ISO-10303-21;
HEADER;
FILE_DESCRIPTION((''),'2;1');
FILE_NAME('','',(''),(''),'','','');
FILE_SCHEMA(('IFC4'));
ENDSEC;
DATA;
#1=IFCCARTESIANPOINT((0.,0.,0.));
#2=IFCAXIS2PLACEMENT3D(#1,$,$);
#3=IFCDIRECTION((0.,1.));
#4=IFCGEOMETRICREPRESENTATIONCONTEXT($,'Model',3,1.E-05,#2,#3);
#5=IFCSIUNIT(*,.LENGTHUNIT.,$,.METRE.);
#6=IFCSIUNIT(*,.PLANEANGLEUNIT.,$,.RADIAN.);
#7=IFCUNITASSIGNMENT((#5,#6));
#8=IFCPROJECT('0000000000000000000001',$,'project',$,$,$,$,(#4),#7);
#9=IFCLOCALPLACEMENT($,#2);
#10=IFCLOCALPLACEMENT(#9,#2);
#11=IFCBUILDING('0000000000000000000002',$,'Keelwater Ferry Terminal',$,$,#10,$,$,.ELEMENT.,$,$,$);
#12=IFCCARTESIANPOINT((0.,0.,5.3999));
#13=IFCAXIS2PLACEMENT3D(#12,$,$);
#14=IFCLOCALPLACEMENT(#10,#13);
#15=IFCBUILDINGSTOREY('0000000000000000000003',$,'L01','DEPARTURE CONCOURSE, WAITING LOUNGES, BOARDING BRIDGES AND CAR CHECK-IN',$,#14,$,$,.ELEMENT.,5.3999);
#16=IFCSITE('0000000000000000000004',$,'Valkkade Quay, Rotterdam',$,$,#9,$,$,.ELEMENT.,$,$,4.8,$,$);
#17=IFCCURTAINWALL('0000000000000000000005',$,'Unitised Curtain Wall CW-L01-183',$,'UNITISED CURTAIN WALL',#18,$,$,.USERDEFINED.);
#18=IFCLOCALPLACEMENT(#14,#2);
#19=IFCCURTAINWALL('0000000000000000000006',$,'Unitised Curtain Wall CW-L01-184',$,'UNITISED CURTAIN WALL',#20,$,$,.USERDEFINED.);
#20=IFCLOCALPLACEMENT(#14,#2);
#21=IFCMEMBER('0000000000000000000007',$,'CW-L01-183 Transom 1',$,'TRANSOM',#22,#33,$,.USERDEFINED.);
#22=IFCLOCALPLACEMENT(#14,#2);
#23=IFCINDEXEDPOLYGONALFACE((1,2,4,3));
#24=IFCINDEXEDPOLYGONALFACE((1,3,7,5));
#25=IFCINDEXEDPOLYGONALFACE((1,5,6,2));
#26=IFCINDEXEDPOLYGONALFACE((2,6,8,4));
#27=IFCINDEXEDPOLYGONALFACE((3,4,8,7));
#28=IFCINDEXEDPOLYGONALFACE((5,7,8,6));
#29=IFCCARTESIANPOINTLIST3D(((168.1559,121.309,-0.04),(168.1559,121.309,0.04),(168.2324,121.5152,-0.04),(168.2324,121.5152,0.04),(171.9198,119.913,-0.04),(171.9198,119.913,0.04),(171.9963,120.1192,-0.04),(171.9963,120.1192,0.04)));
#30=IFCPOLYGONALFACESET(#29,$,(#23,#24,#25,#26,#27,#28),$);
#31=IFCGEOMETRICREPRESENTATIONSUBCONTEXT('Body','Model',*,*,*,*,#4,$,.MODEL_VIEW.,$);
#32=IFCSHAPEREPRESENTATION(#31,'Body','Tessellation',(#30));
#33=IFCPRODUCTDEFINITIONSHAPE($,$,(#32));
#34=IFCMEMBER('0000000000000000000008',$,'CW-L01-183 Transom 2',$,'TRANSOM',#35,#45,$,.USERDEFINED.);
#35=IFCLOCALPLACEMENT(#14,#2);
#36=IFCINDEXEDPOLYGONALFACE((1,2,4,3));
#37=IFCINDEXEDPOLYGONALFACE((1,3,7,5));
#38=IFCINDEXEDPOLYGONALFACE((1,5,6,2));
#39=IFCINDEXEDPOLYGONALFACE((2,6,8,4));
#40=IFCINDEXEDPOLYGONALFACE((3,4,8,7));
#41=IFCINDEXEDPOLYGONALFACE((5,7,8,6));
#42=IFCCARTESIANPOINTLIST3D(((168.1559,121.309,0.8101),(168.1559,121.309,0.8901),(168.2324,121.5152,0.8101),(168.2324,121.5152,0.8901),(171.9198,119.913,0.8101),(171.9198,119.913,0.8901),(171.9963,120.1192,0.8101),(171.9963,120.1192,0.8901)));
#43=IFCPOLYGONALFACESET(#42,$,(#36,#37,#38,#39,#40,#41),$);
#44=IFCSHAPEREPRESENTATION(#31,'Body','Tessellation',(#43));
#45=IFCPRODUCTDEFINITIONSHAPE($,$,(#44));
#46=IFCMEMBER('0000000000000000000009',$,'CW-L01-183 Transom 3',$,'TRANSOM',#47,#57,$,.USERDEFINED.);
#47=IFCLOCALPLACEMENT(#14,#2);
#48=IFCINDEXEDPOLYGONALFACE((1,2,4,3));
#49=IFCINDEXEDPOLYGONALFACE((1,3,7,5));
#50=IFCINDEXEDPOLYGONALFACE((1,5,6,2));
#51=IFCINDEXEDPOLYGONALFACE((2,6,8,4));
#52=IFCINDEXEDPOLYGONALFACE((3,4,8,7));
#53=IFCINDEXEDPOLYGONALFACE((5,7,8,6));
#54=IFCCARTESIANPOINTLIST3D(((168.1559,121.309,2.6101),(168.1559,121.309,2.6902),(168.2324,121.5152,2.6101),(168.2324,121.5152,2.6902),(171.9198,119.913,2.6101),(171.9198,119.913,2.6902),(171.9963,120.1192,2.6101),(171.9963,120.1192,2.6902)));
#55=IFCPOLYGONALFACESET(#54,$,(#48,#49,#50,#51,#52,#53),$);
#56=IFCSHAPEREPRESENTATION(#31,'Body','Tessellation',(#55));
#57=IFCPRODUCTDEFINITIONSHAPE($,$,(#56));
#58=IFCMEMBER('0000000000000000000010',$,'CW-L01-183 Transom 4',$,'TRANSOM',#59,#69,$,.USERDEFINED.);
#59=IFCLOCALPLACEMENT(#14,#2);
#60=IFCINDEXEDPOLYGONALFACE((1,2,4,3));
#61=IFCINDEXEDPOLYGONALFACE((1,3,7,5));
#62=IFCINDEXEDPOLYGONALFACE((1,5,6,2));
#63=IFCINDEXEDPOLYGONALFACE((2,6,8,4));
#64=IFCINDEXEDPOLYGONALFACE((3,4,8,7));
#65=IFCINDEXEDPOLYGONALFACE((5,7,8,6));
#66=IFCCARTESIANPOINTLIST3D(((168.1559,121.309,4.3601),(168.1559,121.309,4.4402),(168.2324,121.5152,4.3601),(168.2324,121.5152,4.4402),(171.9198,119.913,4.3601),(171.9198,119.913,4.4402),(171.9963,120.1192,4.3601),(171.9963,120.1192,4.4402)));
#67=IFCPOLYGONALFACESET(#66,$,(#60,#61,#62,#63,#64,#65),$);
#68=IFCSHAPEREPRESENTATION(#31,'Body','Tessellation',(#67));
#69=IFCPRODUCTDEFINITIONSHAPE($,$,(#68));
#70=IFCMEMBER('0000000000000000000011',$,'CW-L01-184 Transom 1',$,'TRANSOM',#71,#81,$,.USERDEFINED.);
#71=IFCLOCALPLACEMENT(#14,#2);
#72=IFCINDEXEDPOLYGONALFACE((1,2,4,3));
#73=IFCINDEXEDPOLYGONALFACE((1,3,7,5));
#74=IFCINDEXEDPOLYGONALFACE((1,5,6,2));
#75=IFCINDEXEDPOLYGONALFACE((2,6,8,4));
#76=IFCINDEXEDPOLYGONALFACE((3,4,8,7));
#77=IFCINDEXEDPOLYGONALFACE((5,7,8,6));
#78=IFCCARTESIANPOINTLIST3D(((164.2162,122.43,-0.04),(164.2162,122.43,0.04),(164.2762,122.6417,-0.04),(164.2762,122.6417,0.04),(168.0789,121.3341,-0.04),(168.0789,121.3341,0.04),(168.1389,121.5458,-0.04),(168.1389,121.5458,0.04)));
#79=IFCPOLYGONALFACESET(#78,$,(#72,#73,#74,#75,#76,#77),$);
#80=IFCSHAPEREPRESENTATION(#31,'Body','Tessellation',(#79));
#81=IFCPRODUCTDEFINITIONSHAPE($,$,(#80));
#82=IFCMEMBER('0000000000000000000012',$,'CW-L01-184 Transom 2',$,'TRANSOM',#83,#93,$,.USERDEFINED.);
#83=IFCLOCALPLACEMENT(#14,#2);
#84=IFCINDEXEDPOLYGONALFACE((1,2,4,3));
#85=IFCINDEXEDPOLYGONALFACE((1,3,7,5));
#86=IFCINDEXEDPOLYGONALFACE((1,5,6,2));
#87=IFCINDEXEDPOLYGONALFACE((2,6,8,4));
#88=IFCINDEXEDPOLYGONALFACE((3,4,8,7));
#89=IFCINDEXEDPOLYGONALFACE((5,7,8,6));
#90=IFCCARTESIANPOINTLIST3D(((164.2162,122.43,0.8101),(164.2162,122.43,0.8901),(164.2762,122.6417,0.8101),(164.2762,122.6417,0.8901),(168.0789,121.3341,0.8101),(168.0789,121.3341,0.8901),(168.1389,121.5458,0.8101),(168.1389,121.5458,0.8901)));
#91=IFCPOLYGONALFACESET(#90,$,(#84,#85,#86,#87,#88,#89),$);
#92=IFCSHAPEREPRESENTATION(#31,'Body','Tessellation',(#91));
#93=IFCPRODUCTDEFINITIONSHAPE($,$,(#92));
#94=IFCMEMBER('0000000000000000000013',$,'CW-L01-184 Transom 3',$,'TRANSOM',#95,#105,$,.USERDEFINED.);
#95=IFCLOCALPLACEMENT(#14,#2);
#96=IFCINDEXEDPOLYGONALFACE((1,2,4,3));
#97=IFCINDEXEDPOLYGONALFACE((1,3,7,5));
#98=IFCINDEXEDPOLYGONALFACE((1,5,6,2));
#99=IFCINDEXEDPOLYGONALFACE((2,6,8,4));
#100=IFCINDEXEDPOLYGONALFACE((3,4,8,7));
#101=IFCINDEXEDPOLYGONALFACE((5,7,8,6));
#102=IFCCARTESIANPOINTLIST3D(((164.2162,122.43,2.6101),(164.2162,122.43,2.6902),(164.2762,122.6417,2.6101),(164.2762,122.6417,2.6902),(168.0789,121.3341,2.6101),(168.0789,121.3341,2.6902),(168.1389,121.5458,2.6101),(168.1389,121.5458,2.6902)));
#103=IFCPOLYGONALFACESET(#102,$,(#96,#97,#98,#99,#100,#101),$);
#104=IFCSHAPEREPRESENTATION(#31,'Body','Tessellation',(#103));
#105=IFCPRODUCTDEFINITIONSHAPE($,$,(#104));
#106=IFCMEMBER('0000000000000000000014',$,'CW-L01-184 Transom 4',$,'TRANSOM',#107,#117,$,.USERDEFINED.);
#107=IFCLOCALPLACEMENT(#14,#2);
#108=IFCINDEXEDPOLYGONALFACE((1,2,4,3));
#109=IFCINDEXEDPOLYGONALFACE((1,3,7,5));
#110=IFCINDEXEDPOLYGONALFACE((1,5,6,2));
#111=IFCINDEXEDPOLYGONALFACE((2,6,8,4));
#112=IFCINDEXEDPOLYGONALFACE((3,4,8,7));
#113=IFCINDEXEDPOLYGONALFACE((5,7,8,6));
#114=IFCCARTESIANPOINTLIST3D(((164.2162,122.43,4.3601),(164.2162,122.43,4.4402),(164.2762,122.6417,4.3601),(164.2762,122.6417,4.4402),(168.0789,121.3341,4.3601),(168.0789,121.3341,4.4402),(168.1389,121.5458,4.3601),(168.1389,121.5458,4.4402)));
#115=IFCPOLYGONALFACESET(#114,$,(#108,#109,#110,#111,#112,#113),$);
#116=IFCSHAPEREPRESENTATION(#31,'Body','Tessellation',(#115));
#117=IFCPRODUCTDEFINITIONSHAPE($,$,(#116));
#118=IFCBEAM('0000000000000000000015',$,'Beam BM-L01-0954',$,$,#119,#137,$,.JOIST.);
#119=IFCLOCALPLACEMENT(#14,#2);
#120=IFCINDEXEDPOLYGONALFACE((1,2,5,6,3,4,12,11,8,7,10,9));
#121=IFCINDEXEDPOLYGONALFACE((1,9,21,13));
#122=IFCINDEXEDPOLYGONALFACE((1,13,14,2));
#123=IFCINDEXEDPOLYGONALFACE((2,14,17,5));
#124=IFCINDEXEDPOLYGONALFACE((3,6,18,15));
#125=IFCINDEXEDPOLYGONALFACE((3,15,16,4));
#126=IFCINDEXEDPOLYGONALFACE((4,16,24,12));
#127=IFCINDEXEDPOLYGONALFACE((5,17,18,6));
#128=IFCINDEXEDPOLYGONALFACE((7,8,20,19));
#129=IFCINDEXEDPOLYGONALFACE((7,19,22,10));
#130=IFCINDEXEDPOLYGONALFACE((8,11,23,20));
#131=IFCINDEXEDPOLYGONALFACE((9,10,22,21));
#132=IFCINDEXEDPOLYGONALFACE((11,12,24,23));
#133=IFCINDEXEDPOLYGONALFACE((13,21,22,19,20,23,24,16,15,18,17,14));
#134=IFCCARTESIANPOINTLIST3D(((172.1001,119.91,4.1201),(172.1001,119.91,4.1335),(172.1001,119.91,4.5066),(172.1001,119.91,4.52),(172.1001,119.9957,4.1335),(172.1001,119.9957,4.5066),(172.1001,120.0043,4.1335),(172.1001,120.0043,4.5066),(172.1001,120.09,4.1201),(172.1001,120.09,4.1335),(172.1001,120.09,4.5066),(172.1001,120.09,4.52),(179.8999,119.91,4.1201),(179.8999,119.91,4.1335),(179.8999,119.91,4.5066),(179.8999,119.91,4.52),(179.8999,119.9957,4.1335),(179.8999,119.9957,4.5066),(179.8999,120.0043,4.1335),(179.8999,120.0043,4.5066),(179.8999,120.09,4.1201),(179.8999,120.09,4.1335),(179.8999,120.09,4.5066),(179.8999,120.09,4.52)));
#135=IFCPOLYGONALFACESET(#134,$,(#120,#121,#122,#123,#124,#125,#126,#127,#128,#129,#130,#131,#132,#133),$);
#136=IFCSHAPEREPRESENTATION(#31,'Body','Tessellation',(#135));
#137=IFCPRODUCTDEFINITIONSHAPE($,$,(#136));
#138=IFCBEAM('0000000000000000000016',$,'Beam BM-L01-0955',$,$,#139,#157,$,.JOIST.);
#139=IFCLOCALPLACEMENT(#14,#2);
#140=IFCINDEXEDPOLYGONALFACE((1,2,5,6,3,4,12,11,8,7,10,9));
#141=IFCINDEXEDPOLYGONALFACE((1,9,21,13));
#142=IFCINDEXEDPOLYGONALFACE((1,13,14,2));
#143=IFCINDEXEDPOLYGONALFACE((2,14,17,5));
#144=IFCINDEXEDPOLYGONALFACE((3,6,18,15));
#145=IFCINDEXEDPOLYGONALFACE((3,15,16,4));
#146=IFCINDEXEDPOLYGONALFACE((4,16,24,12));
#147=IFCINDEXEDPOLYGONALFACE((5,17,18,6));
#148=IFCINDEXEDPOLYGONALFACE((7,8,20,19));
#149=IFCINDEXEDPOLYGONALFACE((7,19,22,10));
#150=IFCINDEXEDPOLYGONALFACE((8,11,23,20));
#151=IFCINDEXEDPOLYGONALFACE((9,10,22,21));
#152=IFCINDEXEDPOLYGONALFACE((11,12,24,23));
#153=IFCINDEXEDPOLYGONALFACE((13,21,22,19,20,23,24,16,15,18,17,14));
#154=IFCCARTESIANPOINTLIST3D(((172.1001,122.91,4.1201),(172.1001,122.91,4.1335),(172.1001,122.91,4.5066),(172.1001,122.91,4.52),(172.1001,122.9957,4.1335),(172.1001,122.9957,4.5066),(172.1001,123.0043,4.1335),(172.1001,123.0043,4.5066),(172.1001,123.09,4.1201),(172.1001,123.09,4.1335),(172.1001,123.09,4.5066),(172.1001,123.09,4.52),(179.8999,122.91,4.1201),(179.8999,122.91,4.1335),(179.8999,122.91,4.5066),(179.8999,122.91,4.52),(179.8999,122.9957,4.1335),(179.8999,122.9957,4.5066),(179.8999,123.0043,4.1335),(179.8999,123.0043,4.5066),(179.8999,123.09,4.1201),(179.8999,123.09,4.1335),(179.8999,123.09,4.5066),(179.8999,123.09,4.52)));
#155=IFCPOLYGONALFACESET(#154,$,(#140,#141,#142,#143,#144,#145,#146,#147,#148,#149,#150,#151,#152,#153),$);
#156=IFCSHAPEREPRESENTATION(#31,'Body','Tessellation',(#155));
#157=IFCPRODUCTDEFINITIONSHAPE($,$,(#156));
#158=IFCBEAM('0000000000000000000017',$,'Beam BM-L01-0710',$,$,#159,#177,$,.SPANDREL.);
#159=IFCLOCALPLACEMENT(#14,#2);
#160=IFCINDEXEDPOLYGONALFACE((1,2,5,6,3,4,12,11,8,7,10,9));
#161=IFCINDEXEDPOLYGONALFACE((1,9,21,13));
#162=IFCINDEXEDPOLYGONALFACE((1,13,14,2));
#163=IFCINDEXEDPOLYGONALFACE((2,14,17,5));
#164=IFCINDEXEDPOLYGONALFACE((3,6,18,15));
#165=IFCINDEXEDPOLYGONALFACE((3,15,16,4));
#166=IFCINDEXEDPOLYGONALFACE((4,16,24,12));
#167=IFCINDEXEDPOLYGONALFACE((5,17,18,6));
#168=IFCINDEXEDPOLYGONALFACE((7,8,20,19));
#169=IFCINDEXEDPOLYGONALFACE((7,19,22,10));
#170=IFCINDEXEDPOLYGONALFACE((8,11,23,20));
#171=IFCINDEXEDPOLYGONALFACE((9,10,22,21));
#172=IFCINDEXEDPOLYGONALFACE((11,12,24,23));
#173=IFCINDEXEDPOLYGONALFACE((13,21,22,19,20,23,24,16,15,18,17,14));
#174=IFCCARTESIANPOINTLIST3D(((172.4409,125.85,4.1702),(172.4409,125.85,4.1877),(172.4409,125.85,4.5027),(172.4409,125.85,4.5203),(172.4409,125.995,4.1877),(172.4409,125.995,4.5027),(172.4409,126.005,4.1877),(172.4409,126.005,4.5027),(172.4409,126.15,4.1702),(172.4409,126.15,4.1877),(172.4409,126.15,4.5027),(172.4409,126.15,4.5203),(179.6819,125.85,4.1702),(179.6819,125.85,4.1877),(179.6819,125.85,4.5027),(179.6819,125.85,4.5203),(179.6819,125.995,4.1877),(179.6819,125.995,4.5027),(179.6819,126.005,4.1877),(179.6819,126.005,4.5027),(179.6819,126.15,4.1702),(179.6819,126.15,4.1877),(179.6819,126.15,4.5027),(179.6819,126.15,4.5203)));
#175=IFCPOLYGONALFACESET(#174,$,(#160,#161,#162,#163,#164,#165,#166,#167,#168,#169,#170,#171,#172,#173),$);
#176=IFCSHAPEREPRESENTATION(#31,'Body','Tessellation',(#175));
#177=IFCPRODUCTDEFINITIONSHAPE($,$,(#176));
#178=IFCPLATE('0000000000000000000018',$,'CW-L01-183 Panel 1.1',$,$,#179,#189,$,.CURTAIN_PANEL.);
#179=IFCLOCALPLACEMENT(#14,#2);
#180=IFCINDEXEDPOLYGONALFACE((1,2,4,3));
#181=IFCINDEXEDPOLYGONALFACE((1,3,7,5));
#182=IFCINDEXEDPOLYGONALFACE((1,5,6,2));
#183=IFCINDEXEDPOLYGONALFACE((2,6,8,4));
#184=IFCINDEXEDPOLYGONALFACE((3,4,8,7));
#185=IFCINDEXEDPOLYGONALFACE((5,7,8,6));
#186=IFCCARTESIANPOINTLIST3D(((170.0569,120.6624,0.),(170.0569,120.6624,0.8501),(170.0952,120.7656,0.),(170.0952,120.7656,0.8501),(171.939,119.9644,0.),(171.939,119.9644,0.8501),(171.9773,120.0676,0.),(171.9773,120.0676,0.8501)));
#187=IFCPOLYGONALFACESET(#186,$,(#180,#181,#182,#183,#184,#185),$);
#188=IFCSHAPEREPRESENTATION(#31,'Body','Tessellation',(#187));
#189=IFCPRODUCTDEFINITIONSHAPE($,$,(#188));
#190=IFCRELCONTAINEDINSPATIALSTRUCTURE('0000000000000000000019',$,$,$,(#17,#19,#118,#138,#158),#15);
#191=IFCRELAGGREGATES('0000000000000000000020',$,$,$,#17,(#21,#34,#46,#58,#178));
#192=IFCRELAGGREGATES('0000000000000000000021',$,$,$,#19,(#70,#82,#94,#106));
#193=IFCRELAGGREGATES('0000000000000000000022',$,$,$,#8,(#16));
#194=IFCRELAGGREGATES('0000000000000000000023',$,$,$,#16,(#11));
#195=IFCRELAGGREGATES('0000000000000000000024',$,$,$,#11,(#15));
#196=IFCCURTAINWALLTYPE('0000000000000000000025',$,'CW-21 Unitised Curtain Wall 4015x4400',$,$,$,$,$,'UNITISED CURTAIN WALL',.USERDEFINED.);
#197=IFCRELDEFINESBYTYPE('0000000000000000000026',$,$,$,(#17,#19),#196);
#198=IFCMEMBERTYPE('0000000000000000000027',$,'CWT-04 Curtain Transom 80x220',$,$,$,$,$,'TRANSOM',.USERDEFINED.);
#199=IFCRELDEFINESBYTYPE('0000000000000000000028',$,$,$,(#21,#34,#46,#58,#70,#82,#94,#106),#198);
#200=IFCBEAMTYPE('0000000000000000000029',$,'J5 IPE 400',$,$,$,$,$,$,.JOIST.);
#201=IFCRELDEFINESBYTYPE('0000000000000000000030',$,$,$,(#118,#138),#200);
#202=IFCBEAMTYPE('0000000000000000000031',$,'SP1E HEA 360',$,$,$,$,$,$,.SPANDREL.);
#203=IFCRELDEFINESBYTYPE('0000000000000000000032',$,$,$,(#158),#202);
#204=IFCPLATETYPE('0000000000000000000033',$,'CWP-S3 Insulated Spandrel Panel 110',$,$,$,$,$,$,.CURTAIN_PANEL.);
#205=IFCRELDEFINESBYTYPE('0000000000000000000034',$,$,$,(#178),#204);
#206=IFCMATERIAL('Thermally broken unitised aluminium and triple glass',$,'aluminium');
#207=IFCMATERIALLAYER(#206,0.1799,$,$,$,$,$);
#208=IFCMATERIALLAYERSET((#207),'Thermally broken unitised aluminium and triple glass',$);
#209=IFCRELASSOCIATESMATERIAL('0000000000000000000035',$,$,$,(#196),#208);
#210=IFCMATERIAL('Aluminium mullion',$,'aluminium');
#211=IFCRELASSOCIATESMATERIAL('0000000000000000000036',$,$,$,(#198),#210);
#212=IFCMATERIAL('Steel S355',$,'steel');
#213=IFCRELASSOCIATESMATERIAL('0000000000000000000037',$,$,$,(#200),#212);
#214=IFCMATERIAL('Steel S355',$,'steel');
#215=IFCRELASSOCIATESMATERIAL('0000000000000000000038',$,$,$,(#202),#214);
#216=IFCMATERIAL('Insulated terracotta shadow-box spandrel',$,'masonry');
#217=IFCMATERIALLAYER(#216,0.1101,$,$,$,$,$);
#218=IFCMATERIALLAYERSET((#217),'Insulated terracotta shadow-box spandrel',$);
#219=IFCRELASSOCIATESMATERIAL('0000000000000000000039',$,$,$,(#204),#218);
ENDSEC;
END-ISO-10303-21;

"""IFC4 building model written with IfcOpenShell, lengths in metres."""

from ifc_helpers import new_model, si_unit, direction, frame, origin, origin_2d, place, context, subcontext, project, spatial, rectangle, i_section, extrude, material, layer, layer_set, material_profile, profile_set, type_object, element, aggregate, save


model = new_model("IFC4")

# Units and contexts
model_context = context("Model", 3, precision=1e-05, world=origin(), true_north=direction((0.0, 1.0)))
body_context = subcontext(model_context, "Body", "Model", "MODEL_VIEW")
ifc_project = project(units=[si_unit("LENGTHUNIT", "METRE"), si_unit("PLANEANGLEUNIT", "RADIAN")], contexts=[model_context])

# Site, building, storey
site_placement = place(None, origin())
site = spatial("IfcSite", under=ifc_project, at=site_placement, Name="Valkkade Quay, Rotterdam", CompositionType="ELEMENT", RefElevation=4.8)
building_placement = place(site_placement, origin())
building = spatial("IfcBuilding", under=site, at=building_placement, Name="Keelwater Ferry Terminal", CompositionType="ELEMENT")
storey_placement = place(building_placement, frame((0.0, 0.0, 5.3999)))
storey = spatial("IfcBuildingStorey", under=building, at=storey_placement, Name="L01", Description="DEPARTURE CONCOURSE, WAITING LOUNGES, BOARDING BRIDGES AND CAR CHECK-IN", CompositionType="ELEMENT", Elevation=5.3999)

# Curtain wall
ifc_material_1 = material(Name="Thermally broken unitised aluminium and triple glass", Category="aluminium")
ifc_layer_1 = layer(ifc_material_1, 0.1799)
ifc_layer_set_1 = layer_set([ifc_layer_1], Name="Thermally broken unitised aluminium and triple glass")
curtain_wall_type = type_object("IfcCurtainWallType", Name="CW-21 Unitised Curtain Wall 4015x4400", ElementType="UNITISED CURTAIN WALL", PredefinedType="USERDEFINED", material=ifc_layer_set_1)
curtain_wall_1_placement = place(storey_placement, origin())
curtain_wall_1 = element("IfcCurtainWall", 1, at=curtain_wall_1_placement, inside=storey, type_object=curtain_wall_type, Name="Unitised Curtain Wall CW-L01-183", ObjectType="UNITISED CURTAIN WALL", PredefinedType="USERDEFINED")

# Curtain wall
curtain_wall_2_placement = place(storey_placement, origin())
curtain_wall_2 = element("IfcCurtainWall", 2, at=curtain_wall_2_placement, inside=storey, type_object=curtain_wall_type, Name="Unitised Curtain Wall CW-L01-184", ObjectType="UNITISED CURTAIN WALL", PredefinedType="USERDEFINED")

# Members
ifc_material_2 = material(Name="Aluminium mullion", Category="aluminium")
ifc_material_profile_1 = material_profile(ifc_material_2, rectangle(XDim=0.22, YDim=0.0801, at=origin_2d()), Name="CWT-04")
ifc_profile_set_1 = profile_set([ifc_material_profile_1], Name="Aluminium mullion")
member_type_1 = type_object("IfcMemberType", Name="CWT-04 Curtain Transom 80x220", ElementType="TRANSOM", PredefinedType="USERDEFINED", material=ifc_profile_set_1)
member_1_placement = place(storey_placement, frame((171.958, 120.0161, 0.0), z_axis=(-0.93759, 0.347742, 0.0), x_axis=(-0.347742, -0.93759, 0.0)))
member_1 = element("IfcMember", 3, at=member_1_placement, type_object=member_type_1, Name="CW-L01-183 Transom 1", ObjectType="TRANSOM", PredefinedType="USERDEFINED", context=body_context, shape_type="SweptSolid", body=[
    extrude(rectangle(XDim=0.22, YDim=0.0801, at=origin_2d()), origin(), (0.0, 0.0, 1.0), 4.0144),
])
member_2_placement = place(storey_placement, frame((171.958, 120.0161, 0.8501), z_axis=(-0.93759, 0.347742, 0.0), x_axis=(-0.347742, -0.93759, 0.0)))
member_2 = element("IfcMember", 4, at=member_2_placement, type_object=member_type_1, Name="CW-L01-183 Transom 2", ObjectType="TRANSOM", PredefinedType="USERDEFINED", context=body_context, shape_type="SweptSolid", body=[
    extrude(rectangle(XDim=0.22, YDim=0.0801, at=origin_2d()), origin(), (0.0, 0.0, 1.0), 4.0144),
])
member_3_placement = place(storey_placement, frame((171.958, 120.0161, 2.6501), z_axis=(-0.93759, 0.347742, 0.0), x_axis=(-0.347742, -0.93759, 0.0)))
member_3 = element("IfcMember", 5, at=member_3_placement, type_object=member_type_1, Name="CW-L01-183 Transom 3", ObjectType="TRANSOM", PredefinedType="USERDEFINED", context=body_context, shape_type="SweptSolid", body=[
    extrude(rectangle(XDim=0.22, YDim=0.0801, at=origin_2d()), origin(), (0.0, 0.0, 1.0), 4.0144),
])
member_4_placement = place(storey_placement, frame((171.958, 120.0161, 4.4001), z_axis=(-0.93759, 0.347742, 0.0), x_axis=(-0.347742, -0.93759, 0.0)))
member_4 = element("IfcMember", 6, at=member_4_placement, type_object=member_type_1, Name="CW-L01-183 Transom 4", ObjectType="TRANSOM", PredefinedType="USERDEFINED", context=body_context, shape_type="SweptSolid", body=[
    extrude(rectangle(XDim=0.22, YDim=0.0801, at=origin_2d()), origin(), (0.0, 0.0, 1.0), 4.0144),
])
member_5_placement = place(storey_placement, frame((168.1089, 121.4399, 0.0), z_axis=(-0.962029, 0.272946, 0.0), x_axis=(-0.272946, -0.962029, 0.0)))
member_5 = element("IfcMember", 7, at=member_5_placement, type_object=member_type_1, Name="CW-L01-184 Transom 1", ObjectType="TRANSOM", PredefinedType="USERDEFINED", context=body_context, shape_type="SweptSolid", body=[
    extrude(rectangle(XDim=0.22, YDim=0.0801, at=origin_2d()), origin(), (0.0, 0.0, 1.0), 4.0151),
])
member_6_placement = place(storey_placement, frame((168.1089, 121.4399, 0.8501), z_axis=(-0.962029, 0.272946, 0.0), x_axis=(-0.272946, -0.962029, 0.0)))
member_6 = element("IfcMember", 8, at=member_6_placement, type_object=member_type_1, Name="CW-L01-184 Transom 2", ObjectType="TRANSOM", PredefinedType="USERDEFINED", context=body_context, shape_type="SweptSolid", body=[
    extrude(rectangle(XDim=0.22, YDim=0.0801, at=origin_2d()), origin(), (0.0, 0.0, 1.0), 4.0151),
])
member_7_placement = place(storey_placement, frame((168.1089, 121.4399, 2.6501), z_axis=(-0.962029, 0.272946, 0.0), x_axis=(-0.272946, -0.962029, 0.0)))
member_7 = element("IfcMember", 9, at=member_7_placement, type_object=member_type_1, Name="CW-L01-184 Transom 3", ObjectType="TRANSOM", PredefinedType="USERDEFINED", context=body_context, shape_type="SweptSolid", body=[
    extrude(rectangle(XDim=0.22, YDim=0.0801, at=origin_2d()), origin(), (0.0, 0.0, 1.0), 4.0151),
])
member_8_placement = place(storey_placement, frame((168.1089, 121.4399, 4.4001), z_axis=(-0.962029, 0.272946, 0.0), x_axis=(-0.272946, -0.962029, 0.0)))
member_8 = element("IfcMember", 10, at=member_8_placement, type_object=member_type_1, Name="CW-L01-184 Transom 4", ObjectType="TRANSOM", PredefinedType="USERDEFINED", context=body_context, shape_type="SweptSolid", body=[
    extrude(rectangle(XDim=0.22, YDim=0.0801, at=origin_2d()), origin(), (0.0, 0.0, 1.0), 4.0151),
])

# Beams
ifc_material_3 = material(Name="Steel S355", Category="steel")
ifc_material_profile_2 = material_profile(ifc_material_3, i_section(OverallWidth=0.1799, OverallDepth=0.3999, WebThickness=0.0085, FlangeThickness=0.0134, at=origin_2d()), Name="IPE 400")
ifc_profile_set_2 = profile_set([ifc_material_profile_2], Name="Steel S355")
beam_type_1 = type_object("IfcBeamType", Name="J5 IPE 400", PredefinedType="JOIST", material=ifc_profile_set_2)
for number, where, z_axis, x_axis, name in (
    (11, (172.1001, 120.0, 4.3201), (1.0, 0.0, 0.0), (0.0, 1.0, 0.0), "Beam BM-L01-0954"),
    (12, (172.1001, 123.0, 4.3201), (1.0, 0.0, 0.0), (0.0, 1.0, 0.0), "Beam BM-L01-0955"),
):
    element("IfcBeam", number, at=place(storey_placement, frame(where, z_axis=z_axis, x_axis=x_axis)), inside=storey, type_object=beam_type_1, Name=name, PredefinedType="JOIST", context=body_context, shape_type="SweptSolid", body=[
        extrude(i_section(OverallWidth=0.1799, OverallDepth=0.3999, WebThickness=0.0085, FlangeThickness=0.0134, at=origin_2d()), origin(), (0.0, 0.0, 1.0), 7.7998),
    ])
ifc_material_4 = material(Name="Steel S355", Category="steel")
ifc_material_profile_3 = material_profile(ifc_material_4, i_section(OverallWidth=0.3, OverallDepth=0.3501, WebThickness=0.01, FlangeThickness=0.0176, at=origin_2d()), Name="HEA 360")
ifc_profile_set_3 = profile_set([ifc_material_profile_3], Name="Steel S355")
beam_type_2 = type_object("IfcBeamType", Name="SP1E HEA 360", PredefinedType="SPANDREL", material=ifc_profile_set_3)
beam_placement = place(storey_placement, frame((172.4409, 126.0, 4.3452), z_axis=(1.0, 0.0, 0.0), x_axis=(0.0, 1.0, 0.0)))
element("IfcBeam", 13, at=beam_placement, inside=storey, type_object=beam_type_2, Name="Beam BM-L01-0710", PredefinedType="SPANDREL", context=body_context, shape_type="SweptSolid", body=[
    extrude(i_section(OverallWidth=0.3, OverallDepth=0.3501, WebThickness=0.01, FlangeThickness=0.0176, at=origin_2d()), origin(), (0.0, 0.0, 1.0), 7.241),
])

# Plate
ifc_material_5 = material(Name="Insulated terracotta shadow-box spandrel", Category="masonry")
ifc_layer_2 = layer(ifc_material_5, 0.1101)
ifc_layer_set_2 = layer_set([ifc_layer_2], Name="Insulated terracotta shadow-box spandrel")
plate_type_1 = type_object("IfcPlateType", Name="CWP-S3 Insulated Spandrel Panel 110", PredefinedType="CURTAIN_PANEL", material=ifc_layer_set_2)
plate_1_placement = place(storey_placement, frame((171.0171, 120.365, 0.0), z_axis=(0.0, 0.0, 1.0), x_axis=(-0.937592, 0.347736, 0.0)))
plate_1 = element("IfcPlate", 14, at=plate_1_placement, type_object=plate_type_1, Name="CW-L01-183 Panel 1.1", PredefinedType="CURTAIN_PANEL", context=body_context, shape_type="SweptSolid", body=[
    extrude(rectangle(XDim=2.0073, YDim=0.1101, at=origin_2d()), origin(), (0.0, 0.0, 1.0), 0.8501),
])
aggregate(curtain_wall_1, [member_1, member_2, member_3, member_4, plate_1])
aggregate(curtain_wall_2, [member_5, member_6, member_7, member_8])

save(model, "model.ifc")
